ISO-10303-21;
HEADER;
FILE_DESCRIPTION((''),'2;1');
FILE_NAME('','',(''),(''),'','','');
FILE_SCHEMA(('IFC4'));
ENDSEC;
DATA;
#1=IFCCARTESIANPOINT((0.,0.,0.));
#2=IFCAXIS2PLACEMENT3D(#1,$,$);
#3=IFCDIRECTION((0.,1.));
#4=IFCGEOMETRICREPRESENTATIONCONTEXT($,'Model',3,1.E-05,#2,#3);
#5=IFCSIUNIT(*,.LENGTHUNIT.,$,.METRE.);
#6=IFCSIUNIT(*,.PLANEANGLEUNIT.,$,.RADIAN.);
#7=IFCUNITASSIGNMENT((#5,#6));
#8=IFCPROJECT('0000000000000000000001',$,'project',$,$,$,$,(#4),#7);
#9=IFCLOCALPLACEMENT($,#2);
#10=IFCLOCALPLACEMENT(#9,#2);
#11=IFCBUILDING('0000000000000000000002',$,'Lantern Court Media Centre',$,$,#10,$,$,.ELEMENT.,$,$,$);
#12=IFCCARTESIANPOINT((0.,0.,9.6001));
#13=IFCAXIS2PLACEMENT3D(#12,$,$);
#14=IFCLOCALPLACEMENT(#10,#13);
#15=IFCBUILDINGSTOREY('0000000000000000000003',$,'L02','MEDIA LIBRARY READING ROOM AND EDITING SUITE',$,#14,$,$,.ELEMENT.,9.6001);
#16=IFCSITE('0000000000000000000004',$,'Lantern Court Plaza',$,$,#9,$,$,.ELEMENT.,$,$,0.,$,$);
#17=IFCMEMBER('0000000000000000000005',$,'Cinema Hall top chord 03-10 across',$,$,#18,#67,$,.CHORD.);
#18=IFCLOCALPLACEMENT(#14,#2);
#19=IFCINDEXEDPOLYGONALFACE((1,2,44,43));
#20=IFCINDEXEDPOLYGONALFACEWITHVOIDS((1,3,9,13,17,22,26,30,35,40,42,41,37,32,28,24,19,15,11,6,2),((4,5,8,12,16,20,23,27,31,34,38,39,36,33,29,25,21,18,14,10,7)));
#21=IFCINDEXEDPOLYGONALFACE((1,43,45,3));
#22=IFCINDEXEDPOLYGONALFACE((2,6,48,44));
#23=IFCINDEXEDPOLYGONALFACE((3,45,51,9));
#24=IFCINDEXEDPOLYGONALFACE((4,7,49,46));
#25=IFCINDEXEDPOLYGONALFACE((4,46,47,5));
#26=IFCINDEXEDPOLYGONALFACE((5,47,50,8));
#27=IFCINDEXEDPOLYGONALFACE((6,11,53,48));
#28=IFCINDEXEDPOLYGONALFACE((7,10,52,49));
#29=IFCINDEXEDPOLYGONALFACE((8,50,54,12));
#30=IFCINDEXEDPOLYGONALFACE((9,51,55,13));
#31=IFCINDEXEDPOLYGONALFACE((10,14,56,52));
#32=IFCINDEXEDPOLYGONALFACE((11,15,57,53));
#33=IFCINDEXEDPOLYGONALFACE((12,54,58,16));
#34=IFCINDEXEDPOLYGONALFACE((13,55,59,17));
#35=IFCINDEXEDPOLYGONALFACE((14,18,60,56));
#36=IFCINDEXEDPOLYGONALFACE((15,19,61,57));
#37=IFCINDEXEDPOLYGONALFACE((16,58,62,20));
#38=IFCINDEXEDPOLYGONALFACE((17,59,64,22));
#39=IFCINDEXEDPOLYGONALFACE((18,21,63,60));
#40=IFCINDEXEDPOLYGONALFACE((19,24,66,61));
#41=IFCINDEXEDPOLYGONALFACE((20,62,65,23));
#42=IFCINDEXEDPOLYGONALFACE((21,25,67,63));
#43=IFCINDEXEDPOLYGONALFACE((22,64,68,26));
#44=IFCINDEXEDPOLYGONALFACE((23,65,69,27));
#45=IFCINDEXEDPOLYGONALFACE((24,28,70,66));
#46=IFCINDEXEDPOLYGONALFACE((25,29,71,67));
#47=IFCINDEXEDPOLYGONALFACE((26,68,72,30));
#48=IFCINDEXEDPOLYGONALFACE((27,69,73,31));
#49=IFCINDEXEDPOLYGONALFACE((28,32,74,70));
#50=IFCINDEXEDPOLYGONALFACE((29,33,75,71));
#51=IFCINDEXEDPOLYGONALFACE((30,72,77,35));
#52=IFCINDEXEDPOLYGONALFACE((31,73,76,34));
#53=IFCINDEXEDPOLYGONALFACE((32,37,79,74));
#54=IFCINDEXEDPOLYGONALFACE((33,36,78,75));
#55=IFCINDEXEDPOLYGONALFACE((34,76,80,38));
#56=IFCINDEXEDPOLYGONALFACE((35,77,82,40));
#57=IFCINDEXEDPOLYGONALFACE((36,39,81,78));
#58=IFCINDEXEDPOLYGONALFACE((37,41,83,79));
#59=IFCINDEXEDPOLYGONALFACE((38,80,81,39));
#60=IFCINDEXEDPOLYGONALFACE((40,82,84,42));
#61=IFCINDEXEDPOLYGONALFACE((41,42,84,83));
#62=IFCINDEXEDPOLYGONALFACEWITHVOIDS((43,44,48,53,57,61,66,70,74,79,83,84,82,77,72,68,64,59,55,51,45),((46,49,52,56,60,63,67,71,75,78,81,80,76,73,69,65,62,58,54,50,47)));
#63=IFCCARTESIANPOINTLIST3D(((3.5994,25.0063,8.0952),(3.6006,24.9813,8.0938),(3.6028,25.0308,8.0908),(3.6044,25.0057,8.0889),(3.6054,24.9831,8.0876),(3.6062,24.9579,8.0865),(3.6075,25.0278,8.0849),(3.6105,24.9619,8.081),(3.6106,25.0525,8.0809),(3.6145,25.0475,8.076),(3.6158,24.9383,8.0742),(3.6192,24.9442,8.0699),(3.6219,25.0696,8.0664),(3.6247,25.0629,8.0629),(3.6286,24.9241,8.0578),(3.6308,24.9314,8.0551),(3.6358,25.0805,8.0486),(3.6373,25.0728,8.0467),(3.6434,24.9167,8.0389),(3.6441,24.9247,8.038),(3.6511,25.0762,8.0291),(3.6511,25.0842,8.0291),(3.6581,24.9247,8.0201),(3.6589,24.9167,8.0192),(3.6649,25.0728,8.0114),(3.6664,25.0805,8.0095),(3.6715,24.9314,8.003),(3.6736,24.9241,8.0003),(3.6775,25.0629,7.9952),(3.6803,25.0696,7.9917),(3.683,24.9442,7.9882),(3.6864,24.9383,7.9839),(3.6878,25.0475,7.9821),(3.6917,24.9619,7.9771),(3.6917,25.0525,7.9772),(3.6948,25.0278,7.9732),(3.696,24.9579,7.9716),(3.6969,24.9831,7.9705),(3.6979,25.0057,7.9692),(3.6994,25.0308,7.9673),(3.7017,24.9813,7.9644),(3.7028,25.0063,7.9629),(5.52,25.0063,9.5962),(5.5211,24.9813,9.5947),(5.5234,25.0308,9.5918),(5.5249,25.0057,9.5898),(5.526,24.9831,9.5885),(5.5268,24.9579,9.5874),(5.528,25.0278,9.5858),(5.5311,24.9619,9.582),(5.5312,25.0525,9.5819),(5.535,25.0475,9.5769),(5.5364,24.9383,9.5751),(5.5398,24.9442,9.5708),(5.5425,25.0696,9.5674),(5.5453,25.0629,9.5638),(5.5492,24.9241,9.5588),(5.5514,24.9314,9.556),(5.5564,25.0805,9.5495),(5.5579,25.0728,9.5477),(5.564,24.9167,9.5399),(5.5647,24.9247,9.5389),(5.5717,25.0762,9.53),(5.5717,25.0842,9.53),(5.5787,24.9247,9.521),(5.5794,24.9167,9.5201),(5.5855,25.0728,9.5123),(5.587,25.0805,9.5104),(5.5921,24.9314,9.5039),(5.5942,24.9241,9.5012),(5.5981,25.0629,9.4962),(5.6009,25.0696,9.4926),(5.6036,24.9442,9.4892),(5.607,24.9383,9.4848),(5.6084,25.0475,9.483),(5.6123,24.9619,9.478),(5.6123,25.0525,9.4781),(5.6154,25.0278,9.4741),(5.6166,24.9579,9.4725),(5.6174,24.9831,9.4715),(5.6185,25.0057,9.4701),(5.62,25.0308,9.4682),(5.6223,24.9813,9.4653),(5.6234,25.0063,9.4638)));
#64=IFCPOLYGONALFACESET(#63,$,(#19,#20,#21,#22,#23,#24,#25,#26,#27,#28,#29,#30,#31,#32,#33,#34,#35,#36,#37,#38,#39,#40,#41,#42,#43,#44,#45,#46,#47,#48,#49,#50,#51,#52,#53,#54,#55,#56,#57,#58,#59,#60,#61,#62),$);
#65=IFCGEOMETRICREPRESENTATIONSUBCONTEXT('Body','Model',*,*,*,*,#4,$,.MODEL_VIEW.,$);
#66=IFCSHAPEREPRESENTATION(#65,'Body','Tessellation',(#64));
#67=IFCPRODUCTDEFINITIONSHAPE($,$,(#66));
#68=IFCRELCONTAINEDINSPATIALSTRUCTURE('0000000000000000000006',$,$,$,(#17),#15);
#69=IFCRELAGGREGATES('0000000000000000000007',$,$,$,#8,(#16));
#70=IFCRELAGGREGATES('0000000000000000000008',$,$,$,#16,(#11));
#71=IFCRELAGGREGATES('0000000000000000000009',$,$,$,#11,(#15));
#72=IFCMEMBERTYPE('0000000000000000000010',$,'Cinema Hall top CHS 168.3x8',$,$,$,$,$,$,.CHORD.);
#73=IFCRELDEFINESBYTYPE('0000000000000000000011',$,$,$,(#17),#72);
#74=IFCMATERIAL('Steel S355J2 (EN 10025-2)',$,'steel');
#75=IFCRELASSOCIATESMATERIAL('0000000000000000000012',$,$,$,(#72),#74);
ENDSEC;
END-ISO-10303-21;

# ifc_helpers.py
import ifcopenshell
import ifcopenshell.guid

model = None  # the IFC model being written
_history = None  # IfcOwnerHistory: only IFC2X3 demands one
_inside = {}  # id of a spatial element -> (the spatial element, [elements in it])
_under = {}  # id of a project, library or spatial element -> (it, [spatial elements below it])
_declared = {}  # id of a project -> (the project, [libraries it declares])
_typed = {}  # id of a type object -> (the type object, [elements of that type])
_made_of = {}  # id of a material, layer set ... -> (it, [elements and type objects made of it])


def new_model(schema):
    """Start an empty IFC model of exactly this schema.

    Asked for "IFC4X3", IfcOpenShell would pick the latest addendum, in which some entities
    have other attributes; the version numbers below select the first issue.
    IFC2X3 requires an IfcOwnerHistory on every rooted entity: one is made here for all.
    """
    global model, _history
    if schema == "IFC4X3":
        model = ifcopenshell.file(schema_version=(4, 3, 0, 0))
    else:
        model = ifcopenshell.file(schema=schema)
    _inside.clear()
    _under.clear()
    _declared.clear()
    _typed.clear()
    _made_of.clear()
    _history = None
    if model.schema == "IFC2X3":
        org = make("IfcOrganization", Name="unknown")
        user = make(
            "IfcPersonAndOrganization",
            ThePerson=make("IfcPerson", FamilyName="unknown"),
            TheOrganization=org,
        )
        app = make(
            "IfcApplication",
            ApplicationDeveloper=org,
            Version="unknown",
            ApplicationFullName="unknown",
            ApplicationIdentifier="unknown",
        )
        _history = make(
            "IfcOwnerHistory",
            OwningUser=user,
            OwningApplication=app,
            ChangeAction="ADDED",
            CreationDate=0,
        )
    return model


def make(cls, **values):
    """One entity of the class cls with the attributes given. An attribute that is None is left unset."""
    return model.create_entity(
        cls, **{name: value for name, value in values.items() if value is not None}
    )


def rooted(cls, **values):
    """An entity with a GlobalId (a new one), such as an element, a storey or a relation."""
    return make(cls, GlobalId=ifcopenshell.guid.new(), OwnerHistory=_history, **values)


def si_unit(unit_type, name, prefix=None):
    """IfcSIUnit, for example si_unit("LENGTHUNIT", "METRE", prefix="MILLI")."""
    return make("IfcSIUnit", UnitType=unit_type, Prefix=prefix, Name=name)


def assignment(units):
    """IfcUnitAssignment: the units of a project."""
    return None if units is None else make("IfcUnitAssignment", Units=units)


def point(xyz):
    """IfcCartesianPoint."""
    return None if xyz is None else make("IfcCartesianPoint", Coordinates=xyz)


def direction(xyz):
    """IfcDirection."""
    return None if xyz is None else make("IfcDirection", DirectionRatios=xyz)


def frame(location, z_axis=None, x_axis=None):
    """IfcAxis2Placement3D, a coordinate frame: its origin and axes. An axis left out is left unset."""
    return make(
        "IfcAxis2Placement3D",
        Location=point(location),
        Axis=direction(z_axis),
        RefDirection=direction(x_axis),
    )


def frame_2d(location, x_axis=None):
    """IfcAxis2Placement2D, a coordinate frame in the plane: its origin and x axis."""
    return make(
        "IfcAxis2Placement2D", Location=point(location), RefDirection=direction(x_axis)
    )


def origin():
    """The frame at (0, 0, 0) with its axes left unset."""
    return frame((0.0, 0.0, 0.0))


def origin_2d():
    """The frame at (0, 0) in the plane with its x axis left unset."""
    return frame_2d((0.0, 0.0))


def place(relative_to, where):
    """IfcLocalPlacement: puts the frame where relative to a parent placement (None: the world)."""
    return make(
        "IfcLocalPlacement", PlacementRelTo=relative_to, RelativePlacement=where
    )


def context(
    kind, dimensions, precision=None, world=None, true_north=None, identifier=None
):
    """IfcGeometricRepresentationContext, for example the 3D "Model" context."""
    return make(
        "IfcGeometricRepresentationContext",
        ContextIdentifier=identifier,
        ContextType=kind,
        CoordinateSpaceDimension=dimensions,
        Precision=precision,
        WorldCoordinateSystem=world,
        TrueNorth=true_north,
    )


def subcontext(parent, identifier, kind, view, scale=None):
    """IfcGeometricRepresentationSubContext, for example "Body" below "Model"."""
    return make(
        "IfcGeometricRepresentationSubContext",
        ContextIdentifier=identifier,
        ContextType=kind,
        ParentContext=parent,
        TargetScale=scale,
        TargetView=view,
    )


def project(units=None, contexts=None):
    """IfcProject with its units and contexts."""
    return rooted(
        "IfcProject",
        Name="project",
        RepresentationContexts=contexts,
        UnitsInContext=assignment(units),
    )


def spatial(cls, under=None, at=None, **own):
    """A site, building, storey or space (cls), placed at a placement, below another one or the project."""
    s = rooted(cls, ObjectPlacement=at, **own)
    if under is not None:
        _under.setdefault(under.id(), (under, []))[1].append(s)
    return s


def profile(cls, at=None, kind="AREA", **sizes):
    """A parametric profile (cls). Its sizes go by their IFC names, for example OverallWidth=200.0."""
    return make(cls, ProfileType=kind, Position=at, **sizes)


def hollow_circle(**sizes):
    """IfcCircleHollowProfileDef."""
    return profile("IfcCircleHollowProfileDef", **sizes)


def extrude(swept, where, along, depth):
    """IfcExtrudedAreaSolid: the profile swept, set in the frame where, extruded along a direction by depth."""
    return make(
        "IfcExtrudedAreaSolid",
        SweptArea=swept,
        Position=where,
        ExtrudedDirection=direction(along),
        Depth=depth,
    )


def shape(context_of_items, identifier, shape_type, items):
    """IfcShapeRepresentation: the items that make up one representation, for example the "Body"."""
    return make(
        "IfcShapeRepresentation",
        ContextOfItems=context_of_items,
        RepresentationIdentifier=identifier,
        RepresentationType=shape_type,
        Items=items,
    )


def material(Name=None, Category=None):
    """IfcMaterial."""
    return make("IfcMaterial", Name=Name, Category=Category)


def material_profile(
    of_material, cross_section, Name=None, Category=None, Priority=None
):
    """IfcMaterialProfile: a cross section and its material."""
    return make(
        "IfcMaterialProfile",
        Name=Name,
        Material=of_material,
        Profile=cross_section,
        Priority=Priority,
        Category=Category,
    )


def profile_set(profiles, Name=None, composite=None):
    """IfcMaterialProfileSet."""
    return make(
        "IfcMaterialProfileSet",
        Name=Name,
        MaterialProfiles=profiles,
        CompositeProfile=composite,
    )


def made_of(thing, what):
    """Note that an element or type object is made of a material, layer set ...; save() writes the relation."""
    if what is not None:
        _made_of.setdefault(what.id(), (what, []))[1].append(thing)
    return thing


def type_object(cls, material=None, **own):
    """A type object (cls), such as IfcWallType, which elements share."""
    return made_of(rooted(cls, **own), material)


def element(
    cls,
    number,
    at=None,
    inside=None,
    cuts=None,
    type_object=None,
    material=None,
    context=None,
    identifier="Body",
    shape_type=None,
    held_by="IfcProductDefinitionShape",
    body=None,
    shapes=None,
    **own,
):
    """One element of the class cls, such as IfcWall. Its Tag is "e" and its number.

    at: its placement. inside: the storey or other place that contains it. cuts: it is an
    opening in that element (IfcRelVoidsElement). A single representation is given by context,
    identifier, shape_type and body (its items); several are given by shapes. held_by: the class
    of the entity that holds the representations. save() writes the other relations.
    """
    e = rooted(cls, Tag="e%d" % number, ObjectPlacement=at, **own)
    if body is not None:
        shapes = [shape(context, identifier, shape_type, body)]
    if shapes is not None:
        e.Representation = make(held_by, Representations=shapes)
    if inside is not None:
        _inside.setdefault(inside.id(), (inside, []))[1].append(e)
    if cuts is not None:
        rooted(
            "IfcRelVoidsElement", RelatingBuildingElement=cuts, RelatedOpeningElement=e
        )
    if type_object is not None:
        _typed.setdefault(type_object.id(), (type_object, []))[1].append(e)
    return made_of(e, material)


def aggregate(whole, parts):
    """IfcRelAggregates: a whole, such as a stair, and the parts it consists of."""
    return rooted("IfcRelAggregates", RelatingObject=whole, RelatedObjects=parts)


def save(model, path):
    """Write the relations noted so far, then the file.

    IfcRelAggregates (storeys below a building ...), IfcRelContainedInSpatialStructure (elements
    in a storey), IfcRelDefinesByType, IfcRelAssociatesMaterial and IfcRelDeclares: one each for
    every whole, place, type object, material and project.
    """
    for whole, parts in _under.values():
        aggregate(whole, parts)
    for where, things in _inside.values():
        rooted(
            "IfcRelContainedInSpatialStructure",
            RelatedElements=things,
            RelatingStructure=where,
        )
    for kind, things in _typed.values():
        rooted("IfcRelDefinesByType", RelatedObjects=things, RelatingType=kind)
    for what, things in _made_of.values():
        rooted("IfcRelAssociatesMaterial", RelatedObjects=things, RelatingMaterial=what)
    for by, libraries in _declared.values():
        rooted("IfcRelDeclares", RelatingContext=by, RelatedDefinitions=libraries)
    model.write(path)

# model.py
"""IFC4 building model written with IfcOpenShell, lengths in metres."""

from ifc_helpers import new_model, si_unit, direction, frame, origin, origin_2d, place, context, subcontext, project, spatial, hollow_circle, extrude, material, material_profile, profile_set, type_object, element, save


model = new_model("IFC4")

# Units and contexts
model_context = context("Model", 3, precision=1e-05, world=origin(), true_north=direction((0.0, 1.0)))
body_context = subcontext(model_context, "Body", "Model", "MODEL_VIEW")
ifc_project = project(units=[si_unit("LENGTHUNIT", "METRE"), si_unit("PLANEANGLEUNIT", "RADIAN")], contexts=[model_context])

# Site, building, storey
site_placement = place(None, origin())
site = spatial("IfcSite", under=ifc_project, at=site_placement, Name="Lantern Court Plaza", CompositionType="ELEMENT", RefElevation=0.0)
building_placement = place(site_placement, origin())
building = spatial("IfcBuilding", under=site, at=building_placement, Name="Lantern Court Media Centre", CompositionType="ELEMENT")
storey_placement = place(building_placement, frame((0.0, 0.0, 9.6001)))
storey = spatial("IfcBuildingStorey", under=building, at=storey_placement, Name="L02", Description="MEDIA LIBRARY READING ROOM AND EDITING SUITE", CompositionType="ELEMENT", Elevation=9.6001)

# Member
ifc_material = material(Name="Steel S355J2 (EN 10025-2)", Category="steel")
ifc_material_profile_1 = material_profile(ifc_material, hollow_circle(Radius=0.0842, WallThickness=0.0081, at=origin_2d()), Name="Cinema Hall top CHS 168.3x8")
ifc_profile_set_1 = profile_set([ifc_material_profile_1], Name="Steel S355J2 (EN 10025-2)")
member_type_1 = type_object("IfcMemberType", Name="Cinema Hall top CHS 168.3x8", PredefinedType="CHORD", material=ifc_profile_set_1)
member_1_placement = place(storey_placement, frame((3.6511, 25.0, 8.0291), z_axis=(0.787932, 0.0, 0.615763), x_axis=(0.0, 1.0, 0.0)))
element("IfcMember", 1, at=member_1_placement, inside=storey, type_object=member_type_1, Name="Cinema Hall top chord 03-10 across", PredefinedType="CHORD", context=body_context, shape_type="SweptSolid", body=[
    extrude(hollow_circle(Radius=0.0842, WallThickness=0.0081, at=origin_2d()), origin(), (0.0, 0.0, 1.0), 2.4375),
])

save(model, "model.ifc")
